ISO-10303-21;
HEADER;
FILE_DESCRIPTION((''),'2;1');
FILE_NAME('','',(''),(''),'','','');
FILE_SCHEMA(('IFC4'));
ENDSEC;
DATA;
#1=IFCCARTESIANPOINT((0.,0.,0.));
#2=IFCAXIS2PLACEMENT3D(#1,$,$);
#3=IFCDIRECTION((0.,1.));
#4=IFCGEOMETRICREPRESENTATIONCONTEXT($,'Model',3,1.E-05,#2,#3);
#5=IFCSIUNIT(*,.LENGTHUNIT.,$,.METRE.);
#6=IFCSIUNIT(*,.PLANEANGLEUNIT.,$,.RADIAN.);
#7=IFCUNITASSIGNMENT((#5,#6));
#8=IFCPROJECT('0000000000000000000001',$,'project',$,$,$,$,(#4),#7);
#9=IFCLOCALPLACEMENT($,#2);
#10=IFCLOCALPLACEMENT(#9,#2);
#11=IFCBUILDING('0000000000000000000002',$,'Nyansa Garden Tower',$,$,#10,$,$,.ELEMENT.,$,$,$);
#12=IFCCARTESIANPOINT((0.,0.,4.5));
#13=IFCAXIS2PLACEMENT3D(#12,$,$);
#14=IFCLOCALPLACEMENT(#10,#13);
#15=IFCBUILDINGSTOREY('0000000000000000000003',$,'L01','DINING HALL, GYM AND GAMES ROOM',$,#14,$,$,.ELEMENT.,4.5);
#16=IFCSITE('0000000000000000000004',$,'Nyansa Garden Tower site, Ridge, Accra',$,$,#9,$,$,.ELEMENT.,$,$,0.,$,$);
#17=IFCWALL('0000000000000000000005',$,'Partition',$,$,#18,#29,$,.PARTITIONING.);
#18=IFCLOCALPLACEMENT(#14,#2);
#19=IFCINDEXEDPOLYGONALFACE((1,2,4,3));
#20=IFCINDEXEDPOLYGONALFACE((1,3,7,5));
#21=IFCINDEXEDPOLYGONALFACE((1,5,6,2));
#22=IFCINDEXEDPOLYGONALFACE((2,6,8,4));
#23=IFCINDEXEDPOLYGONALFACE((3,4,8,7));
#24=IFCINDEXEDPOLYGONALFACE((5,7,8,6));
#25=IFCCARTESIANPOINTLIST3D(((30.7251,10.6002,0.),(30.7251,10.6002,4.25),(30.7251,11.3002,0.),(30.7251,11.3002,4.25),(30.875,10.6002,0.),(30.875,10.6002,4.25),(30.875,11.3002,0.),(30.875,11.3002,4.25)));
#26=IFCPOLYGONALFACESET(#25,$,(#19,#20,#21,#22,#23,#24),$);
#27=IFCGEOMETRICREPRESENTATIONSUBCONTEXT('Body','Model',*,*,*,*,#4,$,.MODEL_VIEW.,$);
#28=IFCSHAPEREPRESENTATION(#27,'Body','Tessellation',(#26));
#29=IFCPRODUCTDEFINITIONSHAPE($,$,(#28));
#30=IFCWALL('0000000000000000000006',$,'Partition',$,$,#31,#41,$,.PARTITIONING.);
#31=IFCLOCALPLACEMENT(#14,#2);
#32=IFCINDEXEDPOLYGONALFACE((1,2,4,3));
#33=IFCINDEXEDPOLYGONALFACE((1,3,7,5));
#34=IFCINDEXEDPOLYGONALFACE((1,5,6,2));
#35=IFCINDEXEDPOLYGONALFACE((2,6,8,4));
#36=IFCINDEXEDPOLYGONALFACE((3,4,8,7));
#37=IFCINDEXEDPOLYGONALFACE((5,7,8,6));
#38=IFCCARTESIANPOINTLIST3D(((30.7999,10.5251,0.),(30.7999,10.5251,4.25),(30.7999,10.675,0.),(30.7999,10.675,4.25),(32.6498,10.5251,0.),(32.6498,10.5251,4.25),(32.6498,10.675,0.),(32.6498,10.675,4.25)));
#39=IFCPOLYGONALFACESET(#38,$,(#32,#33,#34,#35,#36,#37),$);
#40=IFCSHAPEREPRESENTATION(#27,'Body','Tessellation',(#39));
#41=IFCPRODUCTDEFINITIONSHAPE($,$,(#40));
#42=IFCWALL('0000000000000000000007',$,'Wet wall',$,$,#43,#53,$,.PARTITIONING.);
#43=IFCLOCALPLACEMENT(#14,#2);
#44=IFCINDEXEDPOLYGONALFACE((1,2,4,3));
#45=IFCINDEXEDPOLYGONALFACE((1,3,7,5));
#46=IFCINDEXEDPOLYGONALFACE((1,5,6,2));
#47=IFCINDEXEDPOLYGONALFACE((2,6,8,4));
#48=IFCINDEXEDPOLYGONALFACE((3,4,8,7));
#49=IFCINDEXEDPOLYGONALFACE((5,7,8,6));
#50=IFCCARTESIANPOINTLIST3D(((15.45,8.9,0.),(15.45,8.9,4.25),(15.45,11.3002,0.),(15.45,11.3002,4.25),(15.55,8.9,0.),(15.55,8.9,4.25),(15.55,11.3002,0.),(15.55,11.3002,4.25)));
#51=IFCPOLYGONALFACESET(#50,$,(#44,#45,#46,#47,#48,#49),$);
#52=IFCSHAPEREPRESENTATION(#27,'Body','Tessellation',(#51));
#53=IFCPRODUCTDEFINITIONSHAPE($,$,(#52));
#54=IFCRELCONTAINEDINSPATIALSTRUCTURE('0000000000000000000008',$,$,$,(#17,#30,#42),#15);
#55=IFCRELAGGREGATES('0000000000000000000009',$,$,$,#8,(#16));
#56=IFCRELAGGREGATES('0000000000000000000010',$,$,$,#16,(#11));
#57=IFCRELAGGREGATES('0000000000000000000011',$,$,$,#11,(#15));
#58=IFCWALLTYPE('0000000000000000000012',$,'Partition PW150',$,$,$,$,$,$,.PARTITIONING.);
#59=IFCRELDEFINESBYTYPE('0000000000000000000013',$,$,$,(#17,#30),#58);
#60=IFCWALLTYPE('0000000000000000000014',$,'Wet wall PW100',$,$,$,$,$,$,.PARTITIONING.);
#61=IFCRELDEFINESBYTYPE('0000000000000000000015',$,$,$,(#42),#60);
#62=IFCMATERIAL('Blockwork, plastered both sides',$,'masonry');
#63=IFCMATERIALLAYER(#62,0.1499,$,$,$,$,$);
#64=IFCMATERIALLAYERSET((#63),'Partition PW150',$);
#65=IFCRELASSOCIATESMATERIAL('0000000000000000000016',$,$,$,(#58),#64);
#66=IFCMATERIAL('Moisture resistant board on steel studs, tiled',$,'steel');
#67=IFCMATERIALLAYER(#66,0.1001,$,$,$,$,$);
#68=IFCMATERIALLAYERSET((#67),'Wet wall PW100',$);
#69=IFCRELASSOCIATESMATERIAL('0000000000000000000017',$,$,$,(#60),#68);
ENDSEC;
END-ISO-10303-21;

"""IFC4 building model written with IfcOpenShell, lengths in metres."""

from ifc_helpers import new_model, si_unit, direction, frame, frame_2d, origin, place, context, subcontext, project, spatial, rectangle, extrude, material, layer, layer_set, type_object, element, save


model = new_model("IFC4")

# Units and contexts
model_context = context("Model", 3, precision=1e-05, world=origin(), true_north=direction((0.0, 1.0)))
body_context = subcontext(model_context, "Body", "Model", "MODEL_VIEW")
ifc_project = project(units=[si_unit("LENGTHUNIT", "METRE"), si_unit("PLANEANGLEUNIT", "RADIAN")], contexts=[model_context])

# Site, building, storey
site_placement = place(None, origin())
site = spatial("IfcSite", under=ifc_project, at=site_placement, Name="Nyansa Garden Tower site, Ridge, Accra", CompositionType="ELEMENT", RefElevation=0.0)
building_placement = place(site_placement, origin())
building = spatial("IfcBuilding", under=site, at=building_placement, Name="Nyansa Garden Tower", CompositionType="ELEMENT")
storey_placement = place(building_placement, frame((0.0, 0.0, 4.5)))
storey = spatial("IfcBuildingStorey", under=building, at=storey_placement, Name="L01", Description="DINING HALL, GYM AND GAMES ROOM", CompositionType="ELEMENT", Elevation=4.5)

# Shared definitions
ifc_material_1 = material(Name="Blockwork, plastered both sides", Category="masonry")
ifc_layer_1 = layer(ifc_material_1, 0.1499)
ifc_layer_set_1 = layer_set([ifc_layer_1], Name="Partition PW150")
wall_type_1 = type_object("IfcWallType", Name="Partition PW150", PredefinedType="PARTITIONING", material=ifc_layer_set_1)

# Walls
wall_1_placement = place(storey_placement, frame((30.8, 10.6001, 0.0), z_axis=(0.0, 0.0, 1.0), x_axis=(0.0, 1.0, 0.0)))
element("IfcWall", 1, at=wall_1_placement, inside=storey, type_object=wall_type_1, Name="Partition", PredefinedType="PARTITIONING", context=body_context, shape_type="SweptSolid", body=[
    extrude(rectangle(XDim=0.7, YDim=0.1499, at=frame_2d((0.3501, 0.0))), origin(), (0.0, 0.0, 1.0), 4.25),
])
wall_2_placement = place(storey_placement, frame((30.8, 10.6001, 0.0), z_axis=(0.0, 0.0, 1.0), x_axis=(1.0, 0.0, 0.0)))
element("IfcWall", 2, at=wall_2_placement, inside=storey, type_object=wall_type_1, Name="Partition", PredefinedType="PARTITIONING", context=body_context, shape_type="SweptSolid", body=[
    extrude(rectangle(XDim=1.8499, YDim=0.1499, at=frame_2d((0.9248, 0.0))), origin(), (0.0, 0.0, 1.0), 4.25),
])
ifc_material_2 = material(Name="Moisture resistant board on steel studs, tiled", Category="steel")
ifc_layer_2 = layer(ifc_material_2, 0.1001)
ifc_layer_set_2 = layer_set([ifc_layer_2], Name="Wet wall PW100")
wall_type_2 = type_object("IfcWallType", Name="Wet wall PW100", PredefinedType="PARTITIONING", material=ifc_layer_set_2)
wall_3_placement = place(storey_placement, frame((15.5, 8.8999, 0.0), z_axis=(0.0, 0.0, 1.0), x_axis=(0.0, 1.0, 0.0)))
element("IfcWall", 3, at=wall_3_placement, inside=storey, type_object=wall_type_2, Name="Wet wall", PredefinedType="PARTITIONING", context=body_context, shape_type="SweptSolid", body=[
    extrude(rectangle(XDim=2.4001, YDim=0.1001, at=frame_2d((1.2002, 0.0))), origin(), (0.0, 0.0, 1.0), 4.25),
])

save(model, "model.ifc")
